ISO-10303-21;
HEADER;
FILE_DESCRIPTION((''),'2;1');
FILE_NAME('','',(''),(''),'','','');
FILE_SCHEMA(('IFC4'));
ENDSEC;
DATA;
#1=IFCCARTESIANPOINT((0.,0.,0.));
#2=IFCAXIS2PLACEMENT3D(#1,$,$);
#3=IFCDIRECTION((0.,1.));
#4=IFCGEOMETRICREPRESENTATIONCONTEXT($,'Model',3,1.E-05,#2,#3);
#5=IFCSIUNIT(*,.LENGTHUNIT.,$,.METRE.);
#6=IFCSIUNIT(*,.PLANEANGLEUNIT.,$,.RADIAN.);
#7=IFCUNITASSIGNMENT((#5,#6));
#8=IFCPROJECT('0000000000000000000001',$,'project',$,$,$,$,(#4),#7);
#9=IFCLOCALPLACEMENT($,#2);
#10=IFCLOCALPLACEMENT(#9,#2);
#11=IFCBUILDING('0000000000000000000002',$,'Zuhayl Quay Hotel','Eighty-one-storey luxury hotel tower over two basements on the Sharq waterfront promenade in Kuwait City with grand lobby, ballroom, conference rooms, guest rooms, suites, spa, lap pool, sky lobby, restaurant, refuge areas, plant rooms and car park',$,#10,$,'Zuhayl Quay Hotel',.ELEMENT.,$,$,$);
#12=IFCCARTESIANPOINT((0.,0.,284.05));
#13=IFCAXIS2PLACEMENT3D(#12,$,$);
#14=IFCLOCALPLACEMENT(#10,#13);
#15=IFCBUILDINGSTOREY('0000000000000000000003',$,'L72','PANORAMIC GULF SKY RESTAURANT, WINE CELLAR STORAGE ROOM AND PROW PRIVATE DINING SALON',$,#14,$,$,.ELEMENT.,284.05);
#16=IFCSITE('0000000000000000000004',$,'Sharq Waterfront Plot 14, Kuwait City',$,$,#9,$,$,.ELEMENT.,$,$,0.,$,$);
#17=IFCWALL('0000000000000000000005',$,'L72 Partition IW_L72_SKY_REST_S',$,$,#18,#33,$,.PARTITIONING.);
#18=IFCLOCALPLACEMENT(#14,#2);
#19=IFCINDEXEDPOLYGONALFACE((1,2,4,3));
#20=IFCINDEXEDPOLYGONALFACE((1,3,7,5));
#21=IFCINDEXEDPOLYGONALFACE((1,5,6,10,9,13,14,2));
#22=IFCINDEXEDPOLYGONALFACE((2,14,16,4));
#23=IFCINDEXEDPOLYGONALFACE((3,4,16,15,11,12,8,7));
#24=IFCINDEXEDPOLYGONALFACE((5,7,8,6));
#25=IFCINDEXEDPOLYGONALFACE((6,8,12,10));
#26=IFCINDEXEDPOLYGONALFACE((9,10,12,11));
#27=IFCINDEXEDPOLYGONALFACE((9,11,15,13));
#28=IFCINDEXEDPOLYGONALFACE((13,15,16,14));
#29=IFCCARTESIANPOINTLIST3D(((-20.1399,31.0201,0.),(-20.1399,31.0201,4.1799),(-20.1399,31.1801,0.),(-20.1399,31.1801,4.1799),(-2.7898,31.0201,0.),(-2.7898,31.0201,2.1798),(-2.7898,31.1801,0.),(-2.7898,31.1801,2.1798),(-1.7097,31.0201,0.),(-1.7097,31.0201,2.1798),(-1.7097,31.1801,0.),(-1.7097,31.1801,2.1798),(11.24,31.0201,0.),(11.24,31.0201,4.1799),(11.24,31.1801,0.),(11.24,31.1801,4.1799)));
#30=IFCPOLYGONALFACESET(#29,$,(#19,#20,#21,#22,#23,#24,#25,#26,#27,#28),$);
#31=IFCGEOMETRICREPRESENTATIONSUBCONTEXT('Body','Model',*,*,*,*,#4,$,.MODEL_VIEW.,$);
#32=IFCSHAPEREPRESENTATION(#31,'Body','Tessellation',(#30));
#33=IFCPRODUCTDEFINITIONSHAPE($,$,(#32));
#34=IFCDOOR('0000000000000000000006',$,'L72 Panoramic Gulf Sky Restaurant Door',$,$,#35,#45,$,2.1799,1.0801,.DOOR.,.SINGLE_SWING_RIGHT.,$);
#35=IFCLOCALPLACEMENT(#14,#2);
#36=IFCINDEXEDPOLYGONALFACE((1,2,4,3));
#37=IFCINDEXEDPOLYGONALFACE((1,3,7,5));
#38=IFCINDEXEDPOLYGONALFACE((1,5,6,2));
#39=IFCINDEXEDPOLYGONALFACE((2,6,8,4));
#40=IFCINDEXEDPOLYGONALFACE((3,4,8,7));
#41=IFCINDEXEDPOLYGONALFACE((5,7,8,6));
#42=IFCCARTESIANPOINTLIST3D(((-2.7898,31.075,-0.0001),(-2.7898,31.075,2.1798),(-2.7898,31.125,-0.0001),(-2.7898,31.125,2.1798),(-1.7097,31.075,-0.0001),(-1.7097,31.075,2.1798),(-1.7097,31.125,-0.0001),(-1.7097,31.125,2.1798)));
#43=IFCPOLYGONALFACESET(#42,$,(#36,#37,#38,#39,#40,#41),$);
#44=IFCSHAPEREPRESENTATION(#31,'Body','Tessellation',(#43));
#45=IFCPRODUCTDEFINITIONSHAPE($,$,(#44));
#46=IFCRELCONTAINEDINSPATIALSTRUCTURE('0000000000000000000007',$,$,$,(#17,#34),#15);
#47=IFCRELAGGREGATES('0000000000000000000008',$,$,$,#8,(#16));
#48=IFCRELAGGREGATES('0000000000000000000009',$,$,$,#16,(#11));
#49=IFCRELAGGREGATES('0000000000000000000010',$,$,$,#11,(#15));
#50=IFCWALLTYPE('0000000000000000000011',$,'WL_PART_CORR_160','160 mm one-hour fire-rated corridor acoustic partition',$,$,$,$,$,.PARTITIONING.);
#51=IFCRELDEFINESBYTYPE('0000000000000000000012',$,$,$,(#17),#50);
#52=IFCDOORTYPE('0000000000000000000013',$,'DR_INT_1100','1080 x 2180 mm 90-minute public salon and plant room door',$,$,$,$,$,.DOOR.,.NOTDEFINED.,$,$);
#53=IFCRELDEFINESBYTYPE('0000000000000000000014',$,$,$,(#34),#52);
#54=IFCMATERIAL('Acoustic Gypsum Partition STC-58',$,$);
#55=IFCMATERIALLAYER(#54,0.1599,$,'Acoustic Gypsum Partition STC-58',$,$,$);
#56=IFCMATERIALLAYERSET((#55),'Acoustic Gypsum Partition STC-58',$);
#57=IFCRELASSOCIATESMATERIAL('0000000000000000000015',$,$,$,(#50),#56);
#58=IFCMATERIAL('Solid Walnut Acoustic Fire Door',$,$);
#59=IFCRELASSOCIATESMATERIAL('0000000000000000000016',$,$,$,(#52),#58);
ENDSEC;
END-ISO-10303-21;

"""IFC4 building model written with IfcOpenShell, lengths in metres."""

from ifc_helpers import new_model, si_unit, direction, frame, frame_2d, origin, place, context, subcontext, project, spatial, rectangle, extrude, material, layer, layer_set, type_object, element, fill, save


model = new_model("IFC4")

# Units and contexts
model_context = context("Model", 3, precision=1e-05, world=origin(), true_north=direction((0.0, 1.0)))
body_context = subcontext(model_context, "Body", "Model", "MODEL_VIEW")
ifc_project = project(units=[si_unit("LENGTHUNIT", "METRE"), si_unit("PLANEANGLEUNIT", "RADIAN")], contexts=[model_context])

# Site, building, storey
site_placement = place(None, origin())
site = spatial("IfcSite", under=ifc_project, at=site_placement, Name="Sharq Waterfront Plot 14, Kuwait City", CompositionType="ELEMENT", RefElevation=0.0)
building_placement = place(site_placement, origin())
building = spatial("IfcBuilding", under=site, at=building_placement, Name="Zuhayl Quay Hotel", Description="Eighty-one-storey luxury hotel tower over two basements on the Sharq waterfront promenade in Kuwait City with grand lobby, ballroom, conference rooms, guest rooms, suites, spa, lap pool, sky lobby, restaurant, refuge areas, plant rooms and car park", LongName="Zuhayl Quay Hotel", CompositionType="ELEMENT")
storey_placement = place(building_placement, frame((0.0, 0.0, 284.05)))
storey = spatial("IfcBuildingStorey", under=building, at=storey_placement, Name="L72", Description="PANORAMIC GULF SKY RESTAURANT, WINE CELLAR STORAGE ROOM AND PROW PRIVATE DINING SALON", CompositionType="ELEMENT", Elevation=284.05)

# Wall, opening, door
ifc_material_1 = material(Name="Acoustic Gypsum Partition STC-58")
ifc_layer_1 = layer(ifc_material_1, 0.1599, Name="Acoustic Gypsum Partition STC-58")
ifc_layer_set_1 = layer_set([ifc_layer_1], Name="Acoustic Gypsum Partition STC-58")
wall_type_1 = type_object("IfcWallType", Name="WL_PART_CORR_160", Description="160 mm one-hour fire-rated corridor acoustic partition", PredefinedType="PARTITIONING", material=ifc_layer_set_1)
wall_1_placement = place(storey_placement, frame((-20.1399, 31.1001, 0.0), z_axis=(0.0, 0.0, 1.0), x_axis=(1.0, 0.0, 0.0)))
wall_1 = element("IfcWall", 1, at=wall_1_placement, inside=storey, type_object=wall_type_1, Name="L72 Partition IW_L72_SKY_REST_S", PredefinedType="PARTITIONING", context=body_context, shape_type="SweptSolid", body=[
    extrude(rectangle(XDim=31.3799, YDim=0.1599, at=frame_2d((15.6899, 0.0))), origin(), (0.0, 0.0, 1.0), 4.1799),
])
opening_1_placement = place(wall_1_placement, frame((17.3501, 0.0, 0.0)))
opening_1 = element("IfcOpeningElement", 2, at=opening_1_placement, cuts=wall_1, PredefinedType="OPENING", context=body_context, shape_type="SweptSolid", body=[
    extrude(rectangle(XDim=1.0801, YDim=2.1799, at=frame_2d((0.54, 1.0898))), frame((0.0, 0.0898, 0.0), z_axis=(0.0, -1.0, 0.0), x_axis=(1.0, 0.0, 0.0)), (0.0, 0.0, 1.0), 0.1799),
])
ifc_material_2 = material(Name="Solid Walnut Acoustic Fire Door")
door_type = type_object("IfcDoorType", Name="DR_INT_1100", Description="1080 x 2180 mm 90-minute public salon and plant room door", OperationType="NOTDEFINED", PredefinedType="DOOR", material=ifc_material_2)
door_placement = place(opening_1_placement, origin())
door = element("IfcDoor", 3, at=door_placement, inside=storey, type_object=door_type, Name="L72 Panoramic Gulf Sky Restaurant Door", OperationType="SINGLE_SWING_RIGHT", OverallHeight=2.1799, OverallWidth=1.0801, PredefinedType="DOOR", context=body_context, shape_type="SweptSolid", body=[
    extrude(rectangle(XDim=1.0801, YDim=2.1799, at=frame_2d((0.54, 1.0898))), frame((0.0, 0.0249, 0.0), z_axis=(0.0, -1.0, 0.0), x_axis=(1.0, 0.0, 0.0)), (0.0, 0.0, 1.0), 0.05),
])
fill(opening_1, door)

save(model, "model.ifc")
